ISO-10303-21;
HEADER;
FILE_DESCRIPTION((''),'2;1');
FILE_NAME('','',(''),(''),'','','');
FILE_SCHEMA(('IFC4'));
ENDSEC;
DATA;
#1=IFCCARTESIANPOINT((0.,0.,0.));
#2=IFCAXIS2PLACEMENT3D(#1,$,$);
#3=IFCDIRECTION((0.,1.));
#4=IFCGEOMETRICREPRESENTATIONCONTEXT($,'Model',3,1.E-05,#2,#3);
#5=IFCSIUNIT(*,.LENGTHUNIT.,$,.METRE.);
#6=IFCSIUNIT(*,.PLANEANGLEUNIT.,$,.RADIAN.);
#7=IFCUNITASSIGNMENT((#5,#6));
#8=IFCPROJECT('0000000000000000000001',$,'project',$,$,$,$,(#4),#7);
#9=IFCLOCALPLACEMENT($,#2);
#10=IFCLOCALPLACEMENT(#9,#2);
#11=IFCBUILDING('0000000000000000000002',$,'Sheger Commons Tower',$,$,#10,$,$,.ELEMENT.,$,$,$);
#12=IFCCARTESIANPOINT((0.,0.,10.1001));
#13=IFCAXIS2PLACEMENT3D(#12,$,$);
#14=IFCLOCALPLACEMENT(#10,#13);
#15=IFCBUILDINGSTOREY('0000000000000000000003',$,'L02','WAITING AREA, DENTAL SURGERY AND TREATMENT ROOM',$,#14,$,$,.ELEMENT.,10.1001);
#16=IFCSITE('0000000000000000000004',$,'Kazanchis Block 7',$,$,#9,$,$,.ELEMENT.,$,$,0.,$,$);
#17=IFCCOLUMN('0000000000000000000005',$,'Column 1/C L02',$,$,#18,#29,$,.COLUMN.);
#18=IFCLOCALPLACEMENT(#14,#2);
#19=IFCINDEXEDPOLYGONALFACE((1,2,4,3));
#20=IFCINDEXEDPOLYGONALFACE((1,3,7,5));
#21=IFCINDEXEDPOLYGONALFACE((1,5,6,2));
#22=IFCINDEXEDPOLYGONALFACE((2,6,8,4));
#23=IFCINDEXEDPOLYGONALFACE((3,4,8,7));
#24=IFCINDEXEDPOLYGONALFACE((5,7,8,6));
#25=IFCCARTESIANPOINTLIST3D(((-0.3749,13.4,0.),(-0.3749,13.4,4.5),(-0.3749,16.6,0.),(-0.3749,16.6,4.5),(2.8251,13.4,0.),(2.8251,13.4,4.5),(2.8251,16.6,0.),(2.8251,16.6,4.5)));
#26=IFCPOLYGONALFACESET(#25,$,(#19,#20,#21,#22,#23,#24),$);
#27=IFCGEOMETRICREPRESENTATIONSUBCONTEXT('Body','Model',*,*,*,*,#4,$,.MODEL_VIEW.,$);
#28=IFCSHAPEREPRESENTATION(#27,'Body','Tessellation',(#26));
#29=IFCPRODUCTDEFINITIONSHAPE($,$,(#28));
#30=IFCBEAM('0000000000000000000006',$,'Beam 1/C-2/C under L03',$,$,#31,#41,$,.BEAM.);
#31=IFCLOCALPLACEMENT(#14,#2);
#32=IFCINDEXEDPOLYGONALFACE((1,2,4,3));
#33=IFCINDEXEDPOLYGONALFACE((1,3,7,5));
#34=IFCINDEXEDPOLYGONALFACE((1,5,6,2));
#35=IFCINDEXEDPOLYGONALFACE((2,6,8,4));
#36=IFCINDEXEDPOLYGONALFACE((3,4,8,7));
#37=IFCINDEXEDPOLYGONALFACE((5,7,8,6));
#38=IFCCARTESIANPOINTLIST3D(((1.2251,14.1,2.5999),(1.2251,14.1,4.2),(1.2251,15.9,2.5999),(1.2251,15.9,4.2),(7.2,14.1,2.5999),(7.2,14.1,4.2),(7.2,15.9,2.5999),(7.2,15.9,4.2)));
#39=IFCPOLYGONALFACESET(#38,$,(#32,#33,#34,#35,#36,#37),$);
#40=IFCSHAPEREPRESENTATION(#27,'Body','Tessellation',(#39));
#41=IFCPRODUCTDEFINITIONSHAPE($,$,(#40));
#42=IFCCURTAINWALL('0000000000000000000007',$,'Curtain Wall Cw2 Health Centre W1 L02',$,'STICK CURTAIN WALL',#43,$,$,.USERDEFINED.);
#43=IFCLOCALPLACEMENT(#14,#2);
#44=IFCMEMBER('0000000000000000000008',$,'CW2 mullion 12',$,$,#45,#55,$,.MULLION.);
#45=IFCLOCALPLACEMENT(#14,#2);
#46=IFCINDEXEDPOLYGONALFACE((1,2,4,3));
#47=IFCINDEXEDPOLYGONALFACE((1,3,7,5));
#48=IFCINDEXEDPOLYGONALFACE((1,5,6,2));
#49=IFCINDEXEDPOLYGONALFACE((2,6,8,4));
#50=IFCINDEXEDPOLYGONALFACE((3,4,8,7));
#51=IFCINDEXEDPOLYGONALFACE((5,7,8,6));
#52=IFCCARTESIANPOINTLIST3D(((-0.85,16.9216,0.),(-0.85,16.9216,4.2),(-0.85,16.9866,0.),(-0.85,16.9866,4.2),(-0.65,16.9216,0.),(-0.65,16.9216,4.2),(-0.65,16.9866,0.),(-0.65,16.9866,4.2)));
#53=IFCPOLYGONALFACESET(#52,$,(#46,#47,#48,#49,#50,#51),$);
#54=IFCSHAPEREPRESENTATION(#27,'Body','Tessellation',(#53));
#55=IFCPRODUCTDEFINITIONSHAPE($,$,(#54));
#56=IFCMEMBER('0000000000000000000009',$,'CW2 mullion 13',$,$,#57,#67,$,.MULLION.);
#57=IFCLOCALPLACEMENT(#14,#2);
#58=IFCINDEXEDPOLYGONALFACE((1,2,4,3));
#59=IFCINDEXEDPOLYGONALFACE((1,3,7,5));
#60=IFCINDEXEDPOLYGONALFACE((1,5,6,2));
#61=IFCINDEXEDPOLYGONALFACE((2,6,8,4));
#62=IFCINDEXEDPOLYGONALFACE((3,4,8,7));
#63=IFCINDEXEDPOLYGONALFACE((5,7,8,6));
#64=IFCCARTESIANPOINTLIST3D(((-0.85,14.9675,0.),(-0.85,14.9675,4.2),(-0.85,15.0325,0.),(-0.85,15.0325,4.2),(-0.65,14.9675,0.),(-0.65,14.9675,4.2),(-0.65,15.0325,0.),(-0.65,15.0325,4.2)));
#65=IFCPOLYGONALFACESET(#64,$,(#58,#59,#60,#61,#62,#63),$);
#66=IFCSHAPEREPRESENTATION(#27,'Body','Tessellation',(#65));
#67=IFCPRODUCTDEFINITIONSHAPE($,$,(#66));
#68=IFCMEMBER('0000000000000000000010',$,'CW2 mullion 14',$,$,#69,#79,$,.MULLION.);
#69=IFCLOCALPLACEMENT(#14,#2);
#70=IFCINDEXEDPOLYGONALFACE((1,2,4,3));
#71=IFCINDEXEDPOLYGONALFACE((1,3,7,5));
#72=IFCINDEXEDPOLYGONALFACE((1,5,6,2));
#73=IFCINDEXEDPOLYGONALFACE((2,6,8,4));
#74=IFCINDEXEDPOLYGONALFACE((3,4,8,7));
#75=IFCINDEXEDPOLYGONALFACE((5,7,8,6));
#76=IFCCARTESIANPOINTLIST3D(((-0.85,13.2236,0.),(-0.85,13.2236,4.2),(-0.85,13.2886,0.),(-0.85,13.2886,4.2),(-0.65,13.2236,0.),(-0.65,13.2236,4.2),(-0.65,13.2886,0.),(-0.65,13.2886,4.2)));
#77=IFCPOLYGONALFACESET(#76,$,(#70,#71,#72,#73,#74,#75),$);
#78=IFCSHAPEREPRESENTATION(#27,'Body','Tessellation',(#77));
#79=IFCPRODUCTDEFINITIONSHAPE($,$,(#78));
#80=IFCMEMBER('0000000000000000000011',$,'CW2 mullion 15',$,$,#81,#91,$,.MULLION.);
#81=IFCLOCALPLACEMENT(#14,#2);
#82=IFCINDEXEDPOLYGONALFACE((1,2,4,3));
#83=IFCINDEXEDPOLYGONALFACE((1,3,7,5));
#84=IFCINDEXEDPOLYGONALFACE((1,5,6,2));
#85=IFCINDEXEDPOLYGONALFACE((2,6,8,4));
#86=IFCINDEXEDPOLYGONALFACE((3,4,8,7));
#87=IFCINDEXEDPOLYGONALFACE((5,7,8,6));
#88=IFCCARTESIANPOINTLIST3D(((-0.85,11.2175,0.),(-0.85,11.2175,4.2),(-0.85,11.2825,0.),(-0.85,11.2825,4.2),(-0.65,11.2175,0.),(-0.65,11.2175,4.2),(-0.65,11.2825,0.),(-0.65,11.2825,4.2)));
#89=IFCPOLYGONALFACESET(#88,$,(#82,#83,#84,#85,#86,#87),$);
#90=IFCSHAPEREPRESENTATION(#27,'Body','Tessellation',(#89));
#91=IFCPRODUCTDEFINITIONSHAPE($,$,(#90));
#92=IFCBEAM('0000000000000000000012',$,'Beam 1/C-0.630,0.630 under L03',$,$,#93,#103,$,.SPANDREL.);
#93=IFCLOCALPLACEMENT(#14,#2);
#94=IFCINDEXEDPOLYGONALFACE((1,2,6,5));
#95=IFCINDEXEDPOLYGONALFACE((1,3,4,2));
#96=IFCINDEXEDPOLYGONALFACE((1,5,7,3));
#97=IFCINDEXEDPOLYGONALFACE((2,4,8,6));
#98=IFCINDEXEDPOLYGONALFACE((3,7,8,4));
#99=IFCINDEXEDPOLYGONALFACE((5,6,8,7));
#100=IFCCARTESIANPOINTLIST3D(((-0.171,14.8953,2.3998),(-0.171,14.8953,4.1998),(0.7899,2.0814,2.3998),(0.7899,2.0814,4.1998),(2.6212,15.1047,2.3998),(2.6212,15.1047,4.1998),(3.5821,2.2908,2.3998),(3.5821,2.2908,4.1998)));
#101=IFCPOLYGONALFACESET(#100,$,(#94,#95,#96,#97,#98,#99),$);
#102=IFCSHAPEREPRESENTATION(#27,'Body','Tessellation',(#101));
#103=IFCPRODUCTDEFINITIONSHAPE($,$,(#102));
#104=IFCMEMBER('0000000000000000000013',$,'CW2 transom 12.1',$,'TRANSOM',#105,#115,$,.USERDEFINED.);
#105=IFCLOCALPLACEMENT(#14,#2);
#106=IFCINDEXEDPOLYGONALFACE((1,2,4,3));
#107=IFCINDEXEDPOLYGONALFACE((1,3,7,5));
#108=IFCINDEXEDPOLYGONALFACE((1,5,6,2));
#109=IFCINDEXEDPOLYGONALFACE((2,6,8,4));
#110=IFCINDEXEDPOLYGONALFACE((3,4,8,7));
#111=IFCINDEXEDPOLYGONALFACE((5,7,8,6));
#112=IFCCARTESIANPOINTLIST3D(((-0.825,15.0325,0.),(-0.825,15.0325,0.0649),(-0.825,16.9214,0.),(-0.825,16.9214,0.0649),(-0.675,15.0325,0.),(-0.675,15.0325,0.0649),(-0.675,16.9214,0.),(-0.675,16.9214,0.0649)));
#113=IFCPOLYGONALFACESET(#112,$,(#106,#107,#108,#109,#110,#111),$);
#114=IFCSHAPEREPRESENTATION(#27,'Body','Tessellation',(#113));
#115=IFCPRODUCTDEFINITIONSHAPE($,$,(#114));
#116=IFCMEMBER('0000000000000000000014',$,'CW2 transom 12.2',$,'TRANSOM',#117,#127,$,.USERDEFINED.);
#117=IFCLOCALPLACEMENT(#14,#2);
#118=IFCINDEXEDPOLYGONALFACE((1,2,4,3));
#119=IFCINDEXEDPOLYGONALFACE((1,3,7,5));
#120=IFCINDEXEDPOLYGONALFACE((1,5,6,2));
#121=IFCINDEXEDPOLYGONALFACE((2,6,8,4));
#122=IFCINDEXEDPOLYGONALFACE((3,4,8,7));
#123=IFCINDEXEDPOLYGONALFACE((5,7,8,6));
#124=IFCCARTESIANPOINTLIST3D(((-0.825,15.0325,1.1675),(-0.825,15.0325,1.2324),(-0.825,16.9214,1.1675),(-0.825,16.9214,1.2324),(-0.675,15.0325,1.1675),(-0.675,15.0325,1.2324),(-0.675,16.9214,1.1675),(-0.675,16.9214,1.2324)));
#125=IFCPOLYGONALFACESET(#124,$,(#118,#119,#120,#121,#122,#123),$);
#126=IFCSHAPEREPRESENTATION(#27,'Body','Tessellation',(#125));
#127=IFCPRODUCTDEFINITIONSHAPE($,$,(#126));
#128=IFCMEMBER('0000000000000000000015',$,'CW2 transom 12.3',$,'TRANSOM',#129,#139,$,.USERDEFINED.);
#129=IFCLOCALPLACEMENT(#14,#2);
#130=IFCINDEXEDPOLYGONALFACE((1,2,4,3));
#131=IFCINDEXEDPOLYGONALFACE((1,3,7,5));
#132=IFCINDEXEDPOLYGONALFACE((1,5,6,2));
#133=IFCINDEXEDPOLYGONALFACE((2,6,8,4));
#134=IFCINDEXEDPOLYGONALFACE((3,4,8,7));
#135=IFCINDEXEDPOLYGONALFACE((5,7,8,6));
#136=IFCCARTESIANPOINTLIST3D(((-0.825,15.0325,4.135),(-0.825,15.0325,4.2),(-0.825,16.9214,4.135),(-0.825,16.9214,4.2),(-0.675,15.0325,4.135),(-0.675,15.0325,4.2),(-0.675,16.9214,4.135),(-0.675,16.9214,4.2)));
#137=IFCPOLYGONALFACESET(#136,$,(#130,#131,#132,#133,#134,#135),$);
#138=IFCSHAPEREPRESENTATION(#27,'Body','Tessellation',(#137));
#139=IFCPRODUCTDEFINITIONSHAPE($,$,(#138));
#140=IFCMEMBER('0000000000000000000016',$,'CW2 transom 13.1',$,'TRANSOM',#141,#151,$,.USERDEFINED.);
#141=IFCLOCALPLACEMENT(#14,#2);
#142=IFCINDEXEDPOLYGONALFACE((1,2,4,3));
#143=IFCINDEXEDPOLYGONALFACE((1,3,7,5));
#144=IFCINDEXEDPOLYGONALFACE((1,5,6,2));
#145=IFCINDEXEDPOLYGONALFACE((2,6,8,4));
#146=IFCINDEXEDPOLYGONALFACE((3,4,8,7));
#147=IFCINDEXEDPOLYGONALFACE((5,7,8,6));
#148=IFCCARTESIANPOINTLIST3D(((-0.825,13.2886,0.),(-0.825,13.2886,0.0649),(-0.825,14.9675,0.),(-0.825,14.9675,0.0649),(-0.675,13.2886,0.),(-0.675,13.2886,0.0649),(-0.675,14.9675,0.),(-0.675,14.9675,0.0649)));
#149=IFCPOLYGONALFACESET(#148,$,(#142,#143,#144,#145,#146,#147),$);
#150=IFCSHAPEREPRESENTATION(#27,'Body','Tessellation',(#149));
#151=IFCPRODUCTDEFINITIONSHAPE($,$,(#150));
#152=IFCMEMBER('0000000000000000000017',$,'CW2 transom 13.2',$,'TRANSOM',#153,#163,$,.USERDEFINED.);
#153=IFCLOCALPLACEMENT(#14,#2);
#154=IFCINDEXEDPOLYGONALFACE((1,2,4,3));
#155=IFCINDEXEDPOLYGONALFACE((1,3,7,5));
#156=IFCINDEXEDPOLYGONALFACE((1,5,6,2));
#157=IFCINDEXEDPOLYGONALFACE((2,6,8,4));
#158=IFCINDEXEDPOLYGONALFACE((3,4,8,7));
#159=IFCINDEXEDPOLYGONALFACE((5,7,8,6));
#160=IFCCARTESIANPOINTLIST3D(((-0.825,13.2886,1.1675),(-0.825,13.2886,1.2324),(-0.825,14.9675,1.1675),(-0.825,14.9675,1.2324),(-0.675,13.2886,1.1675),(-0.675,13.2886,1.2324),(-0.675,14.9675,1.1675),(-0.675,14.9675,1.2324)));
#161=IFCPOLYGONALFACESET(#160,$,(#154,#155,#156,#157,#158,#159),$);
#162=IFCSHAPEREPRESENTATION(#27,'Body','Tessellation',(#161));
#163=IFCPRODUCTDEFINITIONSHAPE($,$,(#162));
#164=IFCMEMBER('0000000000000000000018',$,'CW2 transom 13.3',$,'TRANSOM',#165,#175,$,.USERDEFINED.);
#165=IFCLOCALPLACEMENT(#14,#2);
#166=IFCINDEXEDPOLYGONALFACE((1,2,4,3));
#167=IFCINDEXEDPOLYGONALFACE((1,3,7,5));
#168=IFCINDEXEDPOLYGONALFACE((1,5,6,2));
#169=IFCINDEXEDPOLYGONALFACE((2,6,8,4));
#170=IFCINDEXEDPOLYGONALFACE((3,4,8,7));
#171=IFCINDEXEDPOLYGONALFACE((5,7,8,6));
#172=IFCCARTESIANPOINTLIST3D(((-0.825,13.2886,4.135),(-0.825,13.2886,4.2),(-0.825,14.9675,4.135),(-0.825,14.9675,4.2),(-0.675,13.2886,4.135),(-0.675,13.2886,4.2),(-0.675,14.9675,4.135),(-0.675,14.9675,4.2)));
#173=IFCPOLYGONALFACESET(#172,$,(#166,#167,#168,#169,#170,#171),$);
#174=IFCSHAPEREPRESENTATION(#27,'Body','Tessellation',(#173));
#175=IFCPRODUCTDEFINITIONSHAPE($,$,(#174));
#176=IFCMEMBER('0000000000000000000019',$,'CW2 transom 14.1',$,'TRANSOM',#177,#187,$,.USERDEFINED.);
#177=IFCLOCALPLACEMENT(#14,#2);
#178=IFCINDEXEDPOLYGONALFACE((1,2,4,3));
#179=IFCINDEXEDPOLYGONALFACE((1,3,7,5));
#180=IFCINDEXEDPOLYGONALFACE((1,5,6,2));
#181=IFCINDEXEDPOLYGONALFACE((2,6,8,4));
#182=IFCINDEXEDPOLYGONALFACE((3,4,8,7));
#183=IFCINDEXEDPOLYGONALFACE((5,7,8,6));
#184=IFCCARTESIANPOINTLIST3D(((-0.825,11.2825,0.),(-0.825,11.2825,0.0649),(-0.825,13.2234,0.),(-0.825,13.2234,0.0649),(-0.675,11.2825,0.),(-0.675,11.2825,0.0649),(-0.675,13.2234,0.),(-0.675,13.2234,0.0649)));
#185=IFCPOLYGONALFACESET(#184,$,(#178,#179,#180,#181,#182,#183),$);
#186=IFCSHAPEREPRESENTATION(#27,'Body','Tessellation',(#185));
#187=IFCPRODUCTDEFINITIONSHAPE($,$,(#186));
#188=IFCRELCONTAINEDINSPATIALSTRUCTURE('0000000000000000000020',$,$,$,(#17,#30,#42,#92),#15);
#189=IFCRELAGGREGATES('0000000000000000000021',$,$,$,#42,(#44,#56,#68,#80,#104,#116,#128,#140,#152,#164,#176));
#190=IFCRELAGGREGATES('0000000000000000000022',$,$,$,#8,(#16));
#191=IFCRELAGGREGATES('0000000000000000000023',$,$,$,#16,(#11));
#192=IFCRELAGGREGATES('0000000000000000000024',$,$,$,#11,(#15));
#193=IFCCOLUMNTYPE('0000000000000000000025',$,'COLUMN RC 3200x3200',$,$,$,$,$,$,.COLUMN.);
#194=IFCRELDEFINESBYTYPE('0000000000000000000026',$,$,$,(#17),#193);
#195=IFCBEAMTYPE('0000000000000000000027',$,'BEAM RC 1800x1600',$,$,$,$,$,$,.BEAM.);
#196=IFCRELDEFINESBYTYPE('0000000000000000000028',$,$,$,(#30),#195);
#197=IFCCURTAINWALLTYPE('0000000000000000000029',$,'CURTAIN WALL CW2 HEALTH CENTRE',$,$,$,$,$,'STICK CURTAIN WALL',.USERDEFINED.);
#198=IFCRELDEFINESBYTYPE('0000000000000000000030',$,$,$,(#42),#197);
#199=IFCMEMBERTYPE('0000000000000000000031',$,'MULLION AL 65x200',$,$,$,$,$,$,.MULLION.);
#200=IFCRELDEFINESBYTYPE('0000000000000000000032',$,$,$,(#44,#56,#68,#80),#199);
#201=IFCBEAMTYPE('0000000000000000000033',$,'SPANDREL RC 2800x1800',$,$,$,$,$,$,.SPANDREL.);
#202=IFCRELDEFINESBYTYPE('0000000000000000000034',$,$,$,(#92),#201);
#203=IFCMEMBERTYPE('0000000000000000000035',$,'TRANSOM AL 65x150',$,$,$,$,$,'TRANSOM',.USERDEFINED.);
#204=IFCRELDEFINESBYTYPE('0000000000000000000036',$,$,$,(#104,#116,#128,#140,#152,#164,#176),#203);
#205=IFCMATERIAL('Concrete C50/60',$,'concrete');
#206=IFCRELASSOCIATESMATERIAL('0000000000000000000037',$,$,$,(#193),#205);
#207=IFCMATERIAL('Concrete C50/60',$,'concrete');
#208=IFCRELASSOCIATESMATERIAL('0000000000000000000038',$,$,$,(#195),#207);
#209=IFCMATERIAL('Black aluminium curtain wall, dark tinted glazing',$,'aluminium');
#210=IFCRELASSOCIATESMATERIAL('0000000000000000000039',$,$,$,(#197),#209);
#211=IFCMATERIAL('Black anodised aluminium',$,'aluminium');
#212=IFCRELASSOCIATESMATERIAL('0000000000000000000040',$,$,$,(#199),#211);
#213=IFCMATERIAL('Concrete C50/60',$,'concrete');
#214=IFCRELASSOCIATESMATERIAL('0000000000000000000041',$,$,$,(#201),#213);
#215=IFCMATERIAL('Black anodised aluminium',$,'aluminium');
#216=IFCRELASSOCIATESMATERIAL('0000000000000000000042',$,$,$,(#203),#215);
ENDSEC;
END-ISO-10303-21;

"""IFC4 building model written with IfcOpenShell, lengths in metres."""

from ifc_helpers import new_model, si_unit, direction, frame, origin, origin_2d, place, context, subcontext, project, spatial, rectangle, extrude, material, material_profile, profile_set, type_object, element, aggregate, save


model = new_model("IFC4")

# Units and contexts
model_context = context("Model", 3, precision=1e-05, world=origin(), true_north=direction((0.0, 1.0)))
body_context = subcontext(model_context, "Body", "Model", "MODEL_VIEW")
ifc_project = project(units=[si_unit("LENGTHUNIT", "METRE"), si_unit("PLANEANGLEUNIT", "RADIAN")], contexts=[model_context])

# Site, building, storey
site_placement = place(None, origin())
site = spatial("IfcSite", under=ifc_project, at=site_placement, Name="Kazanchis Block 7", CompositionType="ELEMENT", RefElevation=0.0)
building_placement = place(site_placement, origin())
building = spatial("IfcBuilding", under=site, at=building_placement, Name="Sheger Commons Tower", CompositionType="ELEMENT")
storey_placement = place(building_placement, frame((0.0, 0.0, 10.1001)))
storey = spatial("IfcBuildingStorey", under=building, at=storey_placement, Name="L02", Description="WAITING AREA, DENTAL SURGERY AND TREATMENT ROOM", CompositionType="ELEMENT", Elevation=10.1001)

# Column
ifc_material_1 = material(Name="Concrete C50/60", Category="concrete")
ifc_material_profile_1 = material_profile(ifc_material_1, rectangle(XDim=3.2, YDim=3.2, at=origin_2d()), Name="RC 3200x3200")
ifc_profile_set_1 = profile_set([ifc_material_profile_1], Name="Concrete C50/60")
column_type = type_object("IfcColumnType", Name="COLUMN RC 3200x3200", PredefinedType="COLUMN", material=ifc_profile_set_1)
column_placement = place(storey_placement, frame((1.2251, 15.0, 0.0), z_axis=(0.0, 0.0, 1.0), x_axis=(1.0, 0.0, 0.0)))
element("IfcColumn", 1, at=column_placement, inside=storey, type_object=column_type, Name="Column 1/C L02", PredefinedType="COLUMN", context=body_context, shape_type="SweptSolid", body=[
    extrude(rectangle(XDim=3.2, YDim=3.2, at=origin_2d()), origin(), (0.0, 0.0, 1.0), 4.5),
])

# Beam
ifc_material_2 = material(Name="Concrete C50/60", Category="concrete")
ifc_material_profile_2 = material_profile(ifc_material_2, rectangle(XDim=1.8, YDim=1.6001, at=origin_2d()), Name="RC 1800x1600")
ifc_profile_set_2 = profile_set([ifc_material_profile_2], Name="Concrete C50/60")
beam_type_1 = type_object("IfcBeamType", Name="BEAM RC 1800x1600", PredefinedType="BEAM", material=ifc_profile_set_2)
beam_1_placement = place(storey_placement, frame((1.2251, 15.0, 3.3999), z_axis=(1.0, 0.0, 0.0), x_axis=(0.0, 1.0, 0.0)))
element("IfcBeam", 2, at=beam_1_placement, inside=storey, type_object=beam_type_1, Name="Beam 1/C-2/C under L03", PredefinedType="BEAM", context=body_context, shape_type="SweptSolid", body=[
    extrude(rectangle(XDim=1.8, YDim=1.6001, at=origin_2d()), origin(), (0.0, 0.0, 1.0), 5.9749),
])

# Curtain wall, members
ifc_material_3 = material(Name="Black aluminium curtain wall, dark tinted glazing", Category="aluminium")
curtain_wall_type = type_object("IfcCurtainWallType", Name="CURTAIN WALL CW2 HEALTH CENTRE", ElementType="STICK CURTAIN WALL", PredefinedType="USERDEFINED", material=ifc_material_3)
curtain_wall_placement = place(storey_placement, origin())
curtain_wall = element("IfcCurtainWall", 3, at=curtain_wall_placement, inside=storey, type_object=curtain_wall_type, Name="Curtain Wall Cw2 Health Centre W1 L02", ObjectType="STICK CURTAIN WALL", PredefinedType="USERDEFINED")
ifc_material_4 = material(Name="Black anodised aluminium", Category="aluminium")
ifc_material_profile_3 = material_profile(ifc_material_4, rectangle(XDim=0.2, YDim=0.0649, at=origin_2d()), Name="AL 65x200")
ifc_profile_set_3 = profile_set([ifc_material_profile_3], Name="Black anodised aluminium")
member_type_1 = type_object("IfcMemberType", Name="MULLION AL 65x200", PredefinedType="MULLION", material=ifc_profile_set_3)
member_1_placement = place(storey_placement, frame((-0.75, 16.9541, 0.0), z_axis=(0.0, 0.0, 1.0), x_axis=(1.0, 0.0, 0.0)))
member_1 = element("IfcMember", 4, at=member_1_placement, type_object=member_type_1, Name="CW2 mullion 12", PredefinedType="MULLION", context=body_context, shape_type="SweptSolid", body=[
    extrude(rectangle(XDim=0.2, YDim=0.0649, at=origin_2d()), origin(), (0.0, 0.0, 1.0), 4.2),
])
member_2_placement = place(storey_placement, frame((-0.75, 15.0, 0.0), z_axis=(0.0, 0.0, 1.0), x_axis=(1.0, 0.0, 0.0)))
member_2 = element("IfcMember", 5, at=member_2_placement, type_object=member_type_1, Name="CW2 mullion 13", PredefinedType="MULLION", context=body_context, shape_type="SweptSolid", body=[
    extrude(rectangle(XDim=0.2, YDim=0.0649, at=origin_2d()), origin(), (0.0, 0.0, 1.0), 4.2),
])
member_3_placement = place(storey_placement, frame((-0.75, 13.2561, 0.0), z_axis=(0.0, 0.0, 1.0), x_axis=(1.0, 0.0, 0.0)))
member_3 = element("IfcMember", 6, at=member_3_placement, type_object=member_type_1, Name="CW2 mullion 14", PredefinedType="MULLION", context=body_context, shape_type="SweptSolid", body=[
    extrude(rectangle(XDim=0.2, YDim=0.0649, at=origin_2d()), origin(), (0.0, 0.0, 1.0), 4.2),
])
member_4_placement = place(storey_placement, frame((-0.75, 11.25, 0.0), z_axis=(0.0, 0.0, 1.0), x_axis=(1.0, 0.0, 0.0)))
member_4 = element("IfcMember", 7, at=member_4_placement, type_object=member_type_1, Name="CW2 mullion 15", PredefinedType="MULLION", context=body_context, shape_type="SweptSolid", body=[
    extrude(rectangle(XDim=0.2, YDim=0.0649, at=origin_2d()), origin(), (0.0, 0.0, 1.0), 4.2),
])

# Beam
ifc_material_5 = material(Name="Concrete C50/60", Category="concrete")
ifc_material_profile_4 = material_profile(ifc_material_5, rectangle(XDim=2.8, YDim=1.8, at=origin_2d()), Name="RC 2800x1800")
ifc_profile_set_4 = profile_set([ifc_material_profile_4], Name="Concrete C50/60")
beam_type_2 = type_object("IfcBeamType", Name="SPANDREL RC 2800x1800", PredefinedType="SPANDREL", material=ifc_profile_set_4)
beam_2_placement = place(storey_placement, frame((1.2251, 15.0, 3.2998), z_axis=(0.074781, -0.9972, 0.0), x_axis=(0.9972, 0.074781, 0.0)))
element("IfcBeam", 8, at=beam_2_placement, inside=storey, type_object=beam_type_2, Name="Beam 1/C-0.630,0.630 under L03", PredefinedType="SPANDREL", context=body_context, shape_type="SweptSolid", body=[
    extrude(rectangle(XDim=2.8, YDim=1.8, at=origin_2d()), origin(), (0.0, 0.0, 1.0), 12.8499),
])

# Members
ifc_material_6 = material(Name="Black anodised aluminium", Category="aluminium")
ifc_material_profile_5 = material_profile(ifc_material_6, rectangle(XDim=0.1499, YDim=0.0649, at=origin_2d()), Name="AL 65x150")
ifc_profile_set_5 = profile_set([ifc_material_profile_5], Name="Black anodised aluminium")
member_type_2 = type_object("IfcMemberType", Name="TRANSOM AL 65x150", ElementType="TRANSOM", PredefinedType="USERDEFINED", material=ifc_profile_set_5)
member_5_placement = place(storey_placement, frame((-0.75, 16.9214, 0.0325), z_axis=(0.0, -1.0, 0.0), x_axis=(1.0, 0.0, 0.0)))
member_5 = element("IfcMember", 9, at=member_5_placement, type_object=member_type_2, Name="CW2 transom 12.1", ObjectType="TRANSOM", PredefinedType="USERDEFINED", context=body_context, shape_type="SweptSolid", body=[
    extrude(rectangle(XDim=0.1499, YDim=0.0649, at=origin_2d()), origin(), (0.0, 0.0, 1.0), 1.8889),
])
member_6_placement = place(storey_placement, frame((-0.75, 16.9214, 1.2), z_axis=(0.0, -1.0, 0.0), x_axis=(1.0, 0.0, 0.0)))
member_6 = element("IfcMember", 10, at=member_6_placement, type_object=member_type_2, Name="CW2 transom 12.2", ObjectType="TRANSOM", PredefinedType="USERDEFINED", context=body_context, shape_type="SweptSolid", body=[
    extrude(rectangle(XDim=0.1499, YDim=0.0649, at=origin_2d()), origin(), (0.0, 0.0, 1.0), 1.8889),
])
member_7_placement = place(storey_placement, frame((-0.75, 16.9214, 4.1675), z_axis=(0.0, -1.0, 0.0), x_axis=(1.0, 0.0, 0.0)))
member_7 = element("IfcMember", 11, at=member_7_placement, type_object=member_type_2, Name="CW2 transom 12.3", ObjectType="TRANSOM", PredefinedType="USERDEFINED", context=body_context, shape_type="SweptSolid", body=[
    extrude(rectangle(XDim=0.1499, YDim=0.0649, at=origin_2d()), origin(), (0.0, 0.0, 1.0), 1.8889),
])
member_8_placement = place(storey_placement, frame((-0.75, 14.9675, 0.0325), z_axis=(0.0, -1.0, 0.0), x_axis=(1.0, 0.0, 0.0)))
member_8 = element("IfcMember", 12, at=member_8_placement, type_object=member_type_2, Name="CW2 transom 13.1", ObjectType="TRANSOM", PredefinedType="USERDEFINED", context=body_context, shape_type="SweptSolid", body=[
    extrude(rectangle(XDim=0.1499, YDim=0.0649, at=origin_2d()), origin(), (0.0, 0.0, 1.0), 1.679),
])
member_9_placement = place(storey_placement, frame((-0.75, 14.9675, 1.2), z_axis=(0.0, -1.0, 0.0), x_axis=(1.0, 0.0, 0.0)))
member_9 = element("IfcMember", 13, at=member_9_placement, type_object=member_type_2, Name="CW2 transom 13.2", ObjectType="TRANSOM", PredefinedType="USERDEFINED", context=body_context, shape_type="SweptSolid", body=[
    extrude(rectangle(XDim=0.1499, YDim=0.0649, at=origin_2d()), origin(), (0.0, 0.0, 1.0), 1.679),
])
member_10_placement = place(storey_placement, frame((-0.75, 14.9675, 4.1675), z_axis=(0.0, -1.0, 0.0), x_axis=(1.0, 0.0, 0.0)))
member_10 = element("IfcMember", 14, at=member_10_placement, type_object=member_type_2, Name="CW2 transom 13.3", ObjectType="TRANSOM", PredefinedType="USERDEFINED", context=body_context, shape_type="SweptSolid", body=[
    extrude(rectangle(XDim=0.1499, YDim=0.0649, at=origin_2d()), origin(), (0.0, 0.0, 1.0), 1.679),
])
member_11_placement = place(storey_placement, frame((-0.75, 13.2234, 0.0325), z_axis=(0.0, -1.0, 0.0), x_axis=(1.0, 0.0, 0.0)))
member_11 = element("IfcMember", 15, at=member_11_placement, type_object=member_type_2, Name="CW2 transom 14.1", ObjectType="TRANSOM", PredefinedType="USERDEFINED", context=body_context, shape_type="SweptSolid", body=[
    extrude(rectangle(XDim=0.1499, YDim=0.0649, at=origin_2d()), origin(), (0.0, 0.0, 1.0), 1.9409),
])

aggregate(curtain_wall, [member_1, member_2, member_3, member_4, member_5, member_6, member_7, member_8, member_9, member_10, member_11])

save(model, "model.ifc")
